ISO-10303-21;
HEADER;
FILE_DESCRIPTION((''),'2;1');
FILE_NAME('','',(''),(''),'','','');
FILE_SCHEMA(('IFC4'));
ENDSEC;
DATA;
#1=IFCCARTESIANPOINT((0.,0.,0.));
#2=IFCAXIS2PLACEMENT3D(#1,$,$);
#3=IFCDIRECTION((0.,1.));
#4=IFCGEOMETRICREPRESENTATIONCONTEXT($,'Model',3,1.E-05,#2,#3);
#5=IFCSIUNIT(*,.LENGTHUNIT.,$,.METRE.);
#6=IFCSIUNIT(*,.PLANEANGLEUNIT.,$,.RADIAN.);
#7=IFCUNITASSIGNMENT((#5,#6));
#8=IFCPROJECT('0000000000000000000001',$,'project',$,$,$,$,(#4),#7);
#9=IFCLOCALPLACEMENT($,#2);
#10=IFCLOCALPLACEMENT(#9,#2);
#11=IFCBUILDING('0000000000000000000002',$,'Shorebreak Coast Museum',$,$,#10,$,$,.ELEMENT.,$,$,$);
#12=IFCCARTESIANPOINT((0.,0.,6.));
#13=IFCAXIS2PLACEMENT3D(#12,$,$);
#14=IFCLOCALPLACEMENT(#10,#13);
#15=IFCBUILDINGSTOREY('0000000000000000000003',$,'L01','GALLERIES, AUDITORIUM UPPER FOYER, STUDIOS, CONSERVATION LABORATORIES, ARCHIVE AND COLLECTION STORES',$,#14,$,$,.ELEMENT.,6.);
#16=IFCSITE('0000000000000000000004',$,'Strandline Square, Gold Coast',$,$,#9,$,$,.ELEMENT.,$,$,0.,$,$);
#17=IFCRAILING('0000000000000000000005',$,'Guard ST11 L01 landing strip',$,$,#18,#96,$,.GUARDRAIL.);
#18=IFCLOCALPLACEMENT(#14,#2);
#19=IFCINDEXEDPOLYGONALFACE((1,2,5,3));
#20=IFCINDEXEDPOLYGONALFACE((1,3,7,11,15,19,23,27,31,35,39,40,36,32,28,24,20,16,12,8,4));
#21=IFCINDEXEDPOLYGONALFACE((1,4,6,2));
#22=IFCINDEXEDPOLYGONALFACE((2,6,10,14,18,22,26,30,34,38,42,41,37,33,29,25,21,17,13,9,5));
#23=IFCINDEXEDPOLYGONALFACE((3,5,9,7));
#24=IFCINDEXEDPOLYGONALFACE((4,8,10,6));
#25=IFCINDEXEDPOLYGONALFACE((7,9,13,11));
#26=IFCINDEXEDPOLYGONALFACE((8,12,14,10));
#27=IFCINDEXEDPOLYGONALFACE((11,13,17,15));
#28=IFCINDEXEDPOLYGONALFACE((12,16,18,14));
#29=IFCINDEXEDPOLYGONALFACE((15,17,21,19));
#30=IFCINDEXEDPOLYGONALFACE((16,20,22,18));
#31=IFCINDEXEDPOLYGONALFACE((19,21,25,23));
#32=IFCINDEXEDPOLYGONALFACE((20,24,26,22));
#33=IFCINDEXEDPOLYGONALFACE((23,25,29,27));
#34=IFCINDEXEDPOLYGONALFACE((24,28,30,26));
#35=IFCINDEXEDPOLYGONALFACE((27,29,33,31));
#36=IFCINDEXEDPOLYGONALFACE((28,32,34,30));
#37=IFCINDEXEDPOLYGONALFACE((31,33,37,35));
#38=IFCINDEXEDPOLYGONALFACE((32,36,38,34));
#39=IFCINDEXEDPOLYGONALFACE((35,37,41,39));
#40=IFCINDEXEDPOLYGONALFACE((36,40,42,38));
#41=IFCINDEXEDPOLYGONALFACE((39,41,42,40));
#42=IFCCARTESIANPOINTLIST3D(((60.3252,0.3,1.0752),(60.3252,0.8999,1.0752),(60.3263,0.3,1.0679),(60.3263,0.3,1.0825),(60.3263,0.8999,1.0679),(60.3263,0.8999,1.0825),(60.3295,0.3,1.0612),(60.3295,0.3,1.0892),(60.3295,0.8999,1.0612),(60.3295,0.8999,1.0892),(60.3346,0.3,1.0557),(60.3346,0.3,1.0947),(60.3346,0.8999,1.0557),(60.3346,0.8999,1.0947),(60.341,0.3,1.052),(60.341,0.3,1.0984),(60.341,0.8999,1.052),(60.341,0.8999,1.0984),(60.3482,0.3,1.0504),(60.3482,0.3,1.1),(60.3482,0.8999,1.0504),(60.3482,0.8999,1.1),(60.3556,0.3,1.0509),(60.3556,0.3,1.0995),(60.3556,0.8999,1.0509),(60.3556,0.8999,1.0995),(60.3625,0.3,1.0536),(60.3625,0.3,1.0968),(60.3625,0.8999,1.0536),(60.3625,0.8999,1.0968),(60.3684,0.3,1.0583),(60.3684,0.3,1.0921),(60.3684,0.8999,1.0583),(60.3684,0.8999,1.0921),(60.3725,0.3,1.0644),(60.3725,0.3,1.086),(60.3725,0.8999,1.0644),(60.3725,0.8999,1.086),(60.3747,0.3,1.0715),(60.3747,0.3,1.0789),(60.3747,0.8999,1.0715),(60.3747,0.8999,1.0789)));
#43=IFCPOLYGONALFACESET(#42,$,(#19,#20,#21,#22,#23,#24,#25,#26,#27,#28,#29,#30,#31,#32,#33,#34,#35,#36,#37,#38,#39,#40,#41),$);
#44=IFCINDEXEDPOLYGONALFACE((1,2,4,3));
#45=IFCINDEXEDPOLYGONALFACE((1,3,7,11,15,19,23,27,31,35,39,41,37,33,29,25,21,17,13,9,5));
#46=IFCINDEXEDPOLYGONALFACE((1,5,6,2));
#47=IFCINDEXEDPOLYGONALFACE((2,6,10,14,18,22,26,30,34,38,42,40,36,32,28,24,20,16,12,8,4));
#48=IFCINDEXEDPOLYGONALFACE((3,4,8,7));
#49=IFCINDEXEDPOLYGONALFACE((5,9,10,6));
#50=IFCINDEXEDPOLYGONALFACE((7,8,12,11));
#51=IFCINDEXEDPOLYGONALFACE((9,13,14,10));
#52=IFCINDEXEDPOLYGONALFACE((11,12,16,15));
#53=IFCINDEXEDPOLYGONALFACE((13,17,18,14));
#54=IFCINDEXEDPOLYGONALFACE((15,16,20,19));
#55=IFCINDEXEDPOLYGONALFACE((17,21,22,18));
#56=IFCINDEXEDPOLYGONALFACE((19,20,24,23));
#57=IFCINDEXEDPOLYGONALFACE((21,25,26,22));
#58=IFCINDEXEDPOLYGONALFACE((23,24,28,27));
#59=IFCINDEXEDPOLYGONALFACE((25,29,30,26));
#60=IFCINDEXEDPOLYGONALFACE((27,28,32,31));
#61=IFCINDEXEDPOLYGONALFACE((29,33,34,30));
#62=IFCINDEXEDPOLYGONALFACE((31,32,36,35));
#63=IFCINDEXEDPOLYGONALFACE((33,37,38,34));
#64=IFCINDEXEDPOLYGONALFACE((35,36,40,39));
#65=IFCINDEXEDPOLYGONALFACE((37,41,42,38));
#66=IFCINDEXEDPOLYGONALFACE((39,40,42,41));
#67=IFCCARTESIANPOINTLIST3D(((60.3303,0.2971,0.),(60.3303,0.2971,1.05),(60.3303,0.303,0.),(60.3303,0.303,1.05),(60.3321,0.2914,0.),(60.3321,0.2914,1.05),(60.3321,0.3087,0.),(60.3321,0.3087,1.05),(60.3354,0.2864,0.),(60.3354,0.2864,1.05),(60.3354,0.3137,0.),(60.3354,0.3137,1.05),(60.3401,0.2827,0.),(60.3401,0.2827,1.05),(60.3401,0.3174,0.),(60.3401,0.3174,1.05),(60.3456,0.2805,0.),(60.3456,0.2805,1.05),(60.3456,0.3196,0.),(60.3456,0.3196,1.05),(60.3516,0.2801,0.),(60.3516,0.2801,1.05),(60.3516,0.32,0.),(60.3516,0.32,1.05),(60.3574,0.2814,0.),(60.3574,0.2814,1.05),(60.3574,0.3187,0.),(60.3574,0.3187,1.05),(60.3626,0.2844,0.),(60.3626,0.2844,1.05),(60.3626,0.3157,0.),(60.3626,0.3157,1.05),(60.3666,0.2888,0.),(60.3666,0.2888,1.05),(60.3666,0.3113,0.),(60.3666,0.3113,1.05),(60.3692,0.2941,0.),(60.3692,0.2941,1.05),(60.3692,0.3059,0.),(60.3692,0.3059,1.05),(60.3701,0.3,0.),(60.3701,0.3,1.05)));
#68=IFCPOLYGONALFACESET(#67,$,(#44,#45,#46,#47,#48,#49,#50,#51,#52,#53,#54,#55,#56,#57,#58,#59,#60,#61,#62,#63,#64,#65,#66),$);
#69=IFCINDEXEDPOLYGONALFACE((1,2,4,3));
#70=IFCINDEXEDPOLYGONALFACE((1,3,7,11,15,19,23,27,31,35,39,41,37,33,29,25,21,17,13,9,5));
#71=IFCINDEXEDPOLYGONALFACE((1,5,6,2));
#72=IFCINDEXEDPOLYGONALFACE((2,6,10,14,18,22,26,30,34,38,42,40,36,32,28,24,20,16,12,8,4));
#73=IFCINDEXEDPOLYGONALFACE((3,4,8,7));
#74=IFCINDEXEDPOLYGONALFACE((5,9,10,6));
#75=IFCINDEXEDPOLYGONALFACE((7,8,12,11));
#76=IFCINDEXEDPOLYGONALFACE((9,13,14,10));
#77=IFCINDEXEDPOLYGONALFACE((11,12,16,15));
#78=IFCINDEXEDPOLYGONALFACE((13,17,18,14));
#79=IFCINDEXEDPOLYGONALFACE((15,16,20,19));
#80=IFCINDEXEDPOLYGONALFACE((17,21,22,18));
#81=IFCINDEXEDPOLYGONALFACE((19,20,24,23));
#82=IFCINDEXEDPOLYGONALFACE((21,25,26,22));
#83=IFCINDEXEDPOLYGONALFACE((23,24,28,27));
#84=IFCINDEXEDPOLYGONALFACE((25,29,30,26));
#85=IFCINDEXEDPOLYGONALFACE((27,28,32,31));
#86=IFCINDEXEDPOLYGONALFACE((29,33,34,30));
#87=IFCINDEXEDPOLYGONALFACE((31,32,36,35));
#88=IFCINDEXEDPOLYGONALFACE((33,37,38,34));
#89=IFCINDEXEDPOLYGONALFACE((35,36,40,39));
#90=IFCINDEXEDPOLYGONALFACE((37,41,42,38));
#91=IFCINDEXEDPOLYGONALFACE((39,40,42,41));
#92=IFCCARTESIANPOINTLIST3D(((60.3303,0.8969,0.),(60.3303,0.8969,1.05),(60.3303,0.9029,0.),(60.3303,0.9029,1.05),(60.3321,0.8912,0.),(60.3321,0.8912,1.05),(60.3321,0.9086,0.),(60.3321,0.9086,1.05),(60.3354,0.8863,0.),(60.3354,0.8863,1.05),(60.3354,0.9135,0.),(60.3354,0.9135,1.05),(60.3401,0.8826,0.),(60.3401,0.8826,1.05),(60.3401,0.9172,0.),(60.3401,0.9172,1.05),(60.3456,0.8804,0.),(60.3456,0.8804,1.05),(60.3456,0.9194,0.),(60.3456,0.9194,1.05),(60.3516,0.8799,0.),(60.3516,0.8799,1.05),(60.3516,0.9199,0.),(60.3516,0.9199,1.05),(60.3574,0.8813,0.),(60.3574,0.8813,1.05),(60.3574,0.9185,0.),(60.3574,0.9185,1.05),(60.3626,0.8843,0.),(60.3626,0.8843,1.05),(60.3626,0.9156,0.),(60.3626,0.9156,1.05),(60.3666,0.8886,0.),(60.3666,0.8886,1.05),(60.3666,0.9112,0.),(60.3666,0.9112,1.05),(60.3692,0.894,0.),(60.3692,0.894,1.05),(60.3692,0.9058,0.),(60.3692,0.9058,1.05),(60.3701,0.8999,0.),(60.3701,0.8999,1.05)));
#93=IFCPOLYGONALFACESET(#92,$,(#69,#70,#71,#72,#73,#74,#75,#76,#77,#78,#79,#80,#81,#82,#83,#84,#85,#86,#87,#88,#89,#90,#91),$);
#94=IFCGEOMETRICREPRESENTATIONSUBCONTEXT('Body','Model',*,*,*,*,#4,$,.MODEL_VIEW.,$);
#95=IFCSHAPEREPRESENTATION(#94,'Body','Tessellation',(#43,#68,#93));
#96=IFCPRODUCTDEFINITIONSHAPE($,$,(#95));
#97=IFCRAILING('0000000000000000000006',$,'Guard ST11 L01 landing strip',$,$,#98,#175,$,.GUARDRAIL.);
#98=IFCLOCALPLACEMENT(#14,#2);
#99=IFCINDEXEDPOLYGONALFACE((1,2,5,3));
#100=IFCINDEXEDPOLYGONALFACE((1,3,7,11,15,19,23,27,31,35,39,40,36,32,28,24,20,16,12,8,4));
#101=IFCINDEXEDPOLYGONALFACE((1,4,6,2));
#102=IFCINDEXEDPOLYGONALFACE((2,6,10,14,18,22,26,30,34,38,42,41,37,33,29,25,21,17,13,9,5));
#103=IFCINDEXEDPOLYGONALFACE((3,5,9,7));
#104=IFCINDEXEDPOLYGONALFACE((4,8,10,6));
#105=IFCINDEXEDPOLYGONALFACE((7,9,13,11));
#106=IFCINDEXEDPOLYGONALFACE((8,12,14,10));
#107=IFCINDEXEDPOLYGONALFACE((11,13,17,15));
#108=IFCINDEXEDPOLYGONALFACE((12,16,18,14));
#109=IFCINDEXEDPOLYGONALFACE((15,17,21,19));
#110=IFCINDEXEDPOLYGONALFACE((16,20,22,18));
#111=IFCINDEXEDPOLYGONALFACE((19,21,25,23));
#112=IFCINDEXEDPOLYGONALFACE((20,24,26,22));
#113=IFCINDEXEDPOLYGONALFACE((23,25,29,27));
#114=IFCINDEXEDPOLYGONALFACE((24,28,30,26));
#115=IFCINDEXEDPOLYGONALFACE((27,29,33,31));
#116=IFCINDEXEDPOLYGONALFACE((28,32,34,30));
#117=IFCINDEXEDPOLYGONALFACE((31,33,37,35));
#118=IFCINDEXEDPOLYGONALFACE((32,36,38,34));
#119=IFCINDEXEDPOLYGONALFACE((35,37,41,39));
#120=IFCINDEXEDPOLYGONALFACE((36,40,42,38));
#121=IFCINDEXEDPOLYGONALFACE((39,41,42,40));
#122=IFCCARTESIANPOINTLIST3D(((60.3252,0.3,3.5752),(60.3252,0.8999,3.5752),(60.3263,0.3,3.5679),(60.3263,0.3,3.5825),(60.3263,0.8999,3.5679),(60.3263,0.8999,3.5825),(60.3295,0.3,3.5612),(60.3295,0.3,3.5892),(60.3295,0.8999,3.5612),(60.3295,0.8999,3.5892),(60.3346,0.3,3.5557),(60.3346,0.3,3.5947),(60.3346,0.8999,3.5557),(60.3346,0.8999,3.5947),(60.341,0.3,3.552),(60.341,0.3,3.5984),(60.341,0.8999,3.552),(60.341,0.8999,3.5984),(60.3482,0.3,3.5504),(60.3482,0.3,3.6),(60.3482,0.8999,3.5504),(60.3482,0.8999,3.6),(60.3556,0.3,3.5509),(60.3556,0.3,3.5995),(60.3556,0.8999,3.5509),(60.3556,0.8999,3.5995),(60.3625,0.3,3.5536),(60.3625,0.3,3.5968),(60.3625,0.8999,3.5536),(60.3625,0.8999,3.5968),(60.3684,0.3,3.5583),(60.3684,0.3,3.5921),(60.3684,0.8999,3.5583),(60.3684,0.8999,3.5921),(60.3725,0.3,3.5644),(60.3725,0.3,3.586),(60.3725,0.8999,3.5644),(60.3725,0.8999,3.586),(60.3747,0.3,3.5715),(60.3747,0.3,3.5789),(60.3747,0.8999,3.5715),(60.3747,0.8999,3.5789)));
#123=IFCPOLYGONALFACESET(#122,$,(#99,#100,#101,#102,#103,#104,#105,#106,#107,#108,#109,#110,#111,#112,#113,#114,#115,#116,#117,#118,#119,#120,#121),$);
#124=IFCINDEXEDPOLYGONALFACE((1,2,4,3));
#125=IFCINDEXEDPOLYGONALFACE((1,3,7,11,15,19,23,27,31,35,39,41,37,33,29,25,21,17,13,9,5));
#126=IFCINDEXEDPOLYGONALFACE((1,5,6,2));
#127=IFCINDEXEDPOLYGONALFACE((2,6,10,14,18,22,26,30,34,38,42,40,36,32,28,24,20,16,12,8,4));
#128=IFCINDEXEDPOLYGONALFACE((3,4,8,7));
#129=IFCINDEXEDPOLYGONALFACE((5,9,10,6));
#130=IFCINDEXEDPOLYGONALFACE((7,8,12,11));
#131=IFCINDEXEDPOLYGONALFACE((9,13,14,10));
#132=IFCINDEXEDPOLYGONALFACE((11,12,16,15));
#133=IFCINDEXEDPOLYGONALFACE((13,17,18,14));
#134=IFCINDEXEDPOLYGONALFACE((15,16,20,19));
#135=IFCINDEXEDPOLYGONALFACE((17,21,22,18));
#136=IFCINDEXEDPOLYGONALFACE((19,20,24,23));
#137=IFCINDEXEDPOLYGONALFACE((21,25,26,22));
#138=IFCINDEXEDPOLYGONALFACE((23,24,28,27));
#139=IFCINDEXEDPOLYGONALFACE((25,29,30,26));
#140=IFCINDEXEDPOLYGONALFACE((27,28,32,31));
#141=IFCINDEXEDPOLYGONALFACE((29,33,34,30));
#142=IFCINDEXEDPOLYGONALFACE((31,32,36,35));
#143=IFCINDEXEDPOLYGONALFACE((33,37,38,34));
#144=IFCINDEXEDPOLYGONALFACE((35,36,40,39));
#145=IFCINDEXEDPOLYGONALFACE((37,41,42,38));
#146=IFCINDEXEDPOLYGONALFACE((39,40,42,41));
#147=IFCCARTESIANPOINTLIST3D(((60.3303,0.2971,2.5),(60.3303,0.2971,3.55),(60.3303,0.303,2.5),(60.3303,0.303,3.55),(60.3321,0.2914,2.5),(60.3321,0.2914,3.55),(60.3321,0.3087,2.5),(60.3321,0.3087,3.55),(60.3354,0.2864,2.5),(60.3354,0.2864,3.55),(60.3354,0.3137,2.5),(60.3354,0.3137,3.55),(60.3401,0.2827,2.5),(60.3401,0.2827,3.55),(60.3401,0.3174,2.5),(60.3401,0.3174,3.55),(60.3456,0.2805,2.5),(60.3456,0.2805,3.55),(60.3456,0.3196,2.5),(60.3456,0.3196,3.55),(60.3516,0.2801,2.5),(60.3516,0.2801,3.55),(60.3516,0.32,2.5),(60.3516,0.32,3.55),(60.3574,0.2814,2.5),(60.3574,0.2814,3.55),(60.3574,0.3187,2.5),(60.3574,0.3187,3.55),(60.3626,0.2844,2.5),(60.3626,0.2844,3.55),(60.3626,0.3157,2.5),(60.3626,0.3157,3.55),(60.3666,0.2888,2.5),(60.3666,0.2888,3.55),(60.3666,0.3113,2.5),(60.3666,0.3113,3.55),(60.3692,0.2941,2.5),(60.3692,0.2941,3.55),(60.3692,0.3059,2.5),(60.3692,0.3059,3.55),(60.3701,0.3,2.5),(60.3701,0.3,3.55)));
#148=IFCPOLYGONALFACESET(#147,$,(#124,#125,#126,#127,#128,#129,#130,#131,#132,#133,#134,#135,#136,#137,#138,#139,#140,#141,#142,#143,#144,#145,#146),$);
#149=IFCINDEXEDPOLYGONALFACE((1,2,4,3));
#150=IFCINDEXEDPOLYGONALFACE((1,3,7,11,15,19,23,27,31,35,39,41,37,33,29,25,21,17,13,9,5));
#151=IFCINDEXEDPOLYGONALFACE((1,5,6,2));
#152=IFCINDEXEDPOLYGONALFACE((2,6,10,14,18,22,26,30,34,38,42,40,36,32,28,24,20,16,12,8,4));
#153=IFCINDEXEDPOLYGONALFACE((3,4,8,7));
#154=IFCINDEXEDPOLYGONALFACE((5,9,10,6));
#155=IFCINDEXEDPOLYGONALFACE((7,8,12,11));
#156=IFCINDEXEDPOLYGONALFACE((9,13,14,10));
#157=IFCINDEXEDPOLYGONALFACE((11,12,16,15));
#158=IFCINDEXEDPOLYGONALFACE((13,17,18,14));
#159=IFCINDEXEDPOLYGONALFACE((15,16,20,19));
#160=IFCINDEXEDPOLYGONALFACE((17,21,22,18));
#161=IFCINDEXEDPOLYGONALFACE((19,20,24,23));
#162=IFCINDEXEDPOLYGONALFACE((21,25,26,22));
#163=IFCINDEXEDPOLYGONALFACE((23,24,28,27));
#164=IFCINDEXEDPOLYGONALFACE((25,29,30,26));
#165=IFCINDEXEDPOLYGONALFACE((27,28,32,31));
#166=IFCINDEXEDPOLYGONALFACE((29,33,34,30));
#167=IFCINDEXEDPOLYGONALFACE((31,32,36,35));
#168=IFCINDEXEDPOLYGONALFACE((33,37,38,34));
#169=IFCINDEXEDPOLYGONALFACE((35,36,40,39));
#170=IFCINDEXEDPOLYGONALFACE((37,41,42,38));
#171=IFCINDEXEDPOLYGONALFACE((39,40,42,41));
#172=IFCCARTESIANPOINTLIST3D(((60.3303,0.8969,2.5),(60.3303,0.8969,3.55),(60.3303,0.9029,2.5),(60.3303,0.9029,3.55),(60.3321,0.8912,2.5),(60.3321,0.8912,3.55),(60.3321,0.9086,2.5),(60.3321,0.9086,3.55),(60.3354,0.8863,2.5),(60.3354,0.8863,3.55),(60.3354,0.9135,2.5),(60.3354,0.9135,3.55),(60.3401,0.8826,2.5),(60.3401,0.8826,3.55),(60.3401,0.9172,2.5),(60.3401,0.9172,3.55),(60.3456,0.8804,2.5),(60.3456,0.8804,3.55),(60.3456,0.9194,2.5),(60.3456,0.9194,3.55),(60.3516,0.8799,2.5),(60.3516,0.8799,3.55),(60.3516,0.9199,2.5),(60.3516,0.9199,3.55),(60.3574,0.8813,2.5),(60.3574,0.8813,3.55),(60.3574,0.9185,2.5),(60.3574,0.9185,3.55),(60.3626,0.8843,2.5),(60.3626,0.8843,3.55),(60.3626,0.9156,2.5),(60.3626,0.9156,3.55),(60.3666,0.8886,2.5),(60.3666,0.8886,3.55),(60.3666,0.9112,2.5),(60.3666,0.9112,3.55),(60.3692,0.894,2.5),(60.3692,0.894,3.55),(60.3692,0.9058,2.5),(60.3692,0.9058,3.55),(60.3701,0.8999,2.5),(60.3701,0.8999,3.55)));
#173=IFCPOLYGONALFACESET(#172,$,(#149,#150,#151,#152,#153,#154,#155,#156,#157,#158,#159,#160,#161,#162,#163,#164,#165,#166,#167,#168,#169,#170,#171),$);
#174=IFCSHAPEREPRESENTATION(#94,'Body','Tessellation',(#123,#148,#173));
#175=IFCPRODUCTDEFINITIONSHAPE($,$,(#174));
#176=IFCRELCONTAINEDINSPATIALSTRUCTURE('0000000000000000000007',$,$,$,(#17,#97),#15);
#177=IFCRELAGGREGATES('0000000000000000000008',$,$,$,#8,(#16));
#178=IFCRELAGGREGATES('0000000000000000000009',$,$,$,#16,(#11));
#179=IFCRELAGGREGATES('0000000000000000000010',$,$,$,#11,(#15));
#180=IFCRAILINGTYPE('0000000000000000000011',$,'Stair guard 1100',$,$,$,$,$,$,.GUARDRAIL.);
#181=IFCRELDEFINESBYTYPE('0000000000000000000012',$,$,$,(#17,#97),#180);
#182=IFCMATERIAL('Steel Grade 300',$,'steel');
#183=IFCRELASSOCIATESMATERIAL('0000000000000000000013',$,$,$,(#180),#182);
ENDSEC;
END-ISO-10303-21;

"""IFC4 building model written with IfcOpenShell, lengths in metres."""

from ifc_helpers import new_model, si_unit, direction, frame, origin, origin_2d, place, context, subcontext, project, spatial, circle, extrude, material, type_object, element, save


model = new_model("IFC4")

# Units and contexts
model_context = context("Model", 3, precision=1e-05, world=origin(), true_north=direction((0.0, 1.0)))
body_context = subcontext(model_context, "Body", "Model", "MODEL_VIEW")
ifc_project = project(units=[si_unit("LENGTHUNIT", "METRE"), si_unit("PLANEANGLEUNIT", "RADIAN")], contexts=[model_context])

# Site, building, storey
site_placement = place(None, origin())
site = spatial("IfcSite", under=ifc_project, at=site_placement, Name="Strandline Square, Gold Coast", CompositionType="ELEMENT", RefElevation=0.0)
building_placement = place(site_placement, origin())
building = spatial("IfcBuilding", under=site, at=building_placement, Name="Shorebreak Coast Museum", CompositionType="ELEMENT")
storey_placement = place(building_placement, frame((0.0, 0.0, 6.0)))
storey = spatial("IfcBuildingStorey", under=building, at=storey_placement, Name="L01", Description="GALLERIES, AUDITORIUM UPPER FOYER, STUDIOS, CONSERVATION LABORATORIES, ARCHIVE AND COLLECTION STORES", CompositionType="ELEMENT", Elevation=6.0)

# Railings
ifc_material_1 = material(Name="Steel Grade 300", Category="steel")
railing_type_1 = type_object("IfcRailingType", Name="Stair guard 1100", PredefinedType="GUARDRAIL", material=ifc_material_1)
for number, where, name in (
    (1, (60.3501, 0.3, 0.0), "Guard ST11 L01 landing strip"),
    (2, (60.3501, 0.3, 2.5), "Guard ST11 L01 landing strip"),
):
    element("IfcRailing", number, at=place(storey_placement, frame(where)), inside=storey, type_object=railing_type_1, Name=name, PredefinedType="GUARDRAIL", context=body_context, shape_type="SweptSolid", body=[
        extrude(circle(Radius=0.0249, at=origin_2d()), frame((0.0, 0.0, 1.0752), z_axis=(0.0, 1.0, 0.0), x_axis=(-1.0, 0.0, 0.0)), (0.0, 0.0, 1.0), 0.5999),
        extrude(circle(Radius=0.02, at=origin_2d()), origin(), (0.0, 0.0, 1.0), 1.05),
        extrude(circle(Radius=0.02, at=origin_2d()), frame((0.0, 0.5999, 0.0)), (0.0, 0.0, 1.0), 1.05),
    ])

save(model, "model.ifc")
